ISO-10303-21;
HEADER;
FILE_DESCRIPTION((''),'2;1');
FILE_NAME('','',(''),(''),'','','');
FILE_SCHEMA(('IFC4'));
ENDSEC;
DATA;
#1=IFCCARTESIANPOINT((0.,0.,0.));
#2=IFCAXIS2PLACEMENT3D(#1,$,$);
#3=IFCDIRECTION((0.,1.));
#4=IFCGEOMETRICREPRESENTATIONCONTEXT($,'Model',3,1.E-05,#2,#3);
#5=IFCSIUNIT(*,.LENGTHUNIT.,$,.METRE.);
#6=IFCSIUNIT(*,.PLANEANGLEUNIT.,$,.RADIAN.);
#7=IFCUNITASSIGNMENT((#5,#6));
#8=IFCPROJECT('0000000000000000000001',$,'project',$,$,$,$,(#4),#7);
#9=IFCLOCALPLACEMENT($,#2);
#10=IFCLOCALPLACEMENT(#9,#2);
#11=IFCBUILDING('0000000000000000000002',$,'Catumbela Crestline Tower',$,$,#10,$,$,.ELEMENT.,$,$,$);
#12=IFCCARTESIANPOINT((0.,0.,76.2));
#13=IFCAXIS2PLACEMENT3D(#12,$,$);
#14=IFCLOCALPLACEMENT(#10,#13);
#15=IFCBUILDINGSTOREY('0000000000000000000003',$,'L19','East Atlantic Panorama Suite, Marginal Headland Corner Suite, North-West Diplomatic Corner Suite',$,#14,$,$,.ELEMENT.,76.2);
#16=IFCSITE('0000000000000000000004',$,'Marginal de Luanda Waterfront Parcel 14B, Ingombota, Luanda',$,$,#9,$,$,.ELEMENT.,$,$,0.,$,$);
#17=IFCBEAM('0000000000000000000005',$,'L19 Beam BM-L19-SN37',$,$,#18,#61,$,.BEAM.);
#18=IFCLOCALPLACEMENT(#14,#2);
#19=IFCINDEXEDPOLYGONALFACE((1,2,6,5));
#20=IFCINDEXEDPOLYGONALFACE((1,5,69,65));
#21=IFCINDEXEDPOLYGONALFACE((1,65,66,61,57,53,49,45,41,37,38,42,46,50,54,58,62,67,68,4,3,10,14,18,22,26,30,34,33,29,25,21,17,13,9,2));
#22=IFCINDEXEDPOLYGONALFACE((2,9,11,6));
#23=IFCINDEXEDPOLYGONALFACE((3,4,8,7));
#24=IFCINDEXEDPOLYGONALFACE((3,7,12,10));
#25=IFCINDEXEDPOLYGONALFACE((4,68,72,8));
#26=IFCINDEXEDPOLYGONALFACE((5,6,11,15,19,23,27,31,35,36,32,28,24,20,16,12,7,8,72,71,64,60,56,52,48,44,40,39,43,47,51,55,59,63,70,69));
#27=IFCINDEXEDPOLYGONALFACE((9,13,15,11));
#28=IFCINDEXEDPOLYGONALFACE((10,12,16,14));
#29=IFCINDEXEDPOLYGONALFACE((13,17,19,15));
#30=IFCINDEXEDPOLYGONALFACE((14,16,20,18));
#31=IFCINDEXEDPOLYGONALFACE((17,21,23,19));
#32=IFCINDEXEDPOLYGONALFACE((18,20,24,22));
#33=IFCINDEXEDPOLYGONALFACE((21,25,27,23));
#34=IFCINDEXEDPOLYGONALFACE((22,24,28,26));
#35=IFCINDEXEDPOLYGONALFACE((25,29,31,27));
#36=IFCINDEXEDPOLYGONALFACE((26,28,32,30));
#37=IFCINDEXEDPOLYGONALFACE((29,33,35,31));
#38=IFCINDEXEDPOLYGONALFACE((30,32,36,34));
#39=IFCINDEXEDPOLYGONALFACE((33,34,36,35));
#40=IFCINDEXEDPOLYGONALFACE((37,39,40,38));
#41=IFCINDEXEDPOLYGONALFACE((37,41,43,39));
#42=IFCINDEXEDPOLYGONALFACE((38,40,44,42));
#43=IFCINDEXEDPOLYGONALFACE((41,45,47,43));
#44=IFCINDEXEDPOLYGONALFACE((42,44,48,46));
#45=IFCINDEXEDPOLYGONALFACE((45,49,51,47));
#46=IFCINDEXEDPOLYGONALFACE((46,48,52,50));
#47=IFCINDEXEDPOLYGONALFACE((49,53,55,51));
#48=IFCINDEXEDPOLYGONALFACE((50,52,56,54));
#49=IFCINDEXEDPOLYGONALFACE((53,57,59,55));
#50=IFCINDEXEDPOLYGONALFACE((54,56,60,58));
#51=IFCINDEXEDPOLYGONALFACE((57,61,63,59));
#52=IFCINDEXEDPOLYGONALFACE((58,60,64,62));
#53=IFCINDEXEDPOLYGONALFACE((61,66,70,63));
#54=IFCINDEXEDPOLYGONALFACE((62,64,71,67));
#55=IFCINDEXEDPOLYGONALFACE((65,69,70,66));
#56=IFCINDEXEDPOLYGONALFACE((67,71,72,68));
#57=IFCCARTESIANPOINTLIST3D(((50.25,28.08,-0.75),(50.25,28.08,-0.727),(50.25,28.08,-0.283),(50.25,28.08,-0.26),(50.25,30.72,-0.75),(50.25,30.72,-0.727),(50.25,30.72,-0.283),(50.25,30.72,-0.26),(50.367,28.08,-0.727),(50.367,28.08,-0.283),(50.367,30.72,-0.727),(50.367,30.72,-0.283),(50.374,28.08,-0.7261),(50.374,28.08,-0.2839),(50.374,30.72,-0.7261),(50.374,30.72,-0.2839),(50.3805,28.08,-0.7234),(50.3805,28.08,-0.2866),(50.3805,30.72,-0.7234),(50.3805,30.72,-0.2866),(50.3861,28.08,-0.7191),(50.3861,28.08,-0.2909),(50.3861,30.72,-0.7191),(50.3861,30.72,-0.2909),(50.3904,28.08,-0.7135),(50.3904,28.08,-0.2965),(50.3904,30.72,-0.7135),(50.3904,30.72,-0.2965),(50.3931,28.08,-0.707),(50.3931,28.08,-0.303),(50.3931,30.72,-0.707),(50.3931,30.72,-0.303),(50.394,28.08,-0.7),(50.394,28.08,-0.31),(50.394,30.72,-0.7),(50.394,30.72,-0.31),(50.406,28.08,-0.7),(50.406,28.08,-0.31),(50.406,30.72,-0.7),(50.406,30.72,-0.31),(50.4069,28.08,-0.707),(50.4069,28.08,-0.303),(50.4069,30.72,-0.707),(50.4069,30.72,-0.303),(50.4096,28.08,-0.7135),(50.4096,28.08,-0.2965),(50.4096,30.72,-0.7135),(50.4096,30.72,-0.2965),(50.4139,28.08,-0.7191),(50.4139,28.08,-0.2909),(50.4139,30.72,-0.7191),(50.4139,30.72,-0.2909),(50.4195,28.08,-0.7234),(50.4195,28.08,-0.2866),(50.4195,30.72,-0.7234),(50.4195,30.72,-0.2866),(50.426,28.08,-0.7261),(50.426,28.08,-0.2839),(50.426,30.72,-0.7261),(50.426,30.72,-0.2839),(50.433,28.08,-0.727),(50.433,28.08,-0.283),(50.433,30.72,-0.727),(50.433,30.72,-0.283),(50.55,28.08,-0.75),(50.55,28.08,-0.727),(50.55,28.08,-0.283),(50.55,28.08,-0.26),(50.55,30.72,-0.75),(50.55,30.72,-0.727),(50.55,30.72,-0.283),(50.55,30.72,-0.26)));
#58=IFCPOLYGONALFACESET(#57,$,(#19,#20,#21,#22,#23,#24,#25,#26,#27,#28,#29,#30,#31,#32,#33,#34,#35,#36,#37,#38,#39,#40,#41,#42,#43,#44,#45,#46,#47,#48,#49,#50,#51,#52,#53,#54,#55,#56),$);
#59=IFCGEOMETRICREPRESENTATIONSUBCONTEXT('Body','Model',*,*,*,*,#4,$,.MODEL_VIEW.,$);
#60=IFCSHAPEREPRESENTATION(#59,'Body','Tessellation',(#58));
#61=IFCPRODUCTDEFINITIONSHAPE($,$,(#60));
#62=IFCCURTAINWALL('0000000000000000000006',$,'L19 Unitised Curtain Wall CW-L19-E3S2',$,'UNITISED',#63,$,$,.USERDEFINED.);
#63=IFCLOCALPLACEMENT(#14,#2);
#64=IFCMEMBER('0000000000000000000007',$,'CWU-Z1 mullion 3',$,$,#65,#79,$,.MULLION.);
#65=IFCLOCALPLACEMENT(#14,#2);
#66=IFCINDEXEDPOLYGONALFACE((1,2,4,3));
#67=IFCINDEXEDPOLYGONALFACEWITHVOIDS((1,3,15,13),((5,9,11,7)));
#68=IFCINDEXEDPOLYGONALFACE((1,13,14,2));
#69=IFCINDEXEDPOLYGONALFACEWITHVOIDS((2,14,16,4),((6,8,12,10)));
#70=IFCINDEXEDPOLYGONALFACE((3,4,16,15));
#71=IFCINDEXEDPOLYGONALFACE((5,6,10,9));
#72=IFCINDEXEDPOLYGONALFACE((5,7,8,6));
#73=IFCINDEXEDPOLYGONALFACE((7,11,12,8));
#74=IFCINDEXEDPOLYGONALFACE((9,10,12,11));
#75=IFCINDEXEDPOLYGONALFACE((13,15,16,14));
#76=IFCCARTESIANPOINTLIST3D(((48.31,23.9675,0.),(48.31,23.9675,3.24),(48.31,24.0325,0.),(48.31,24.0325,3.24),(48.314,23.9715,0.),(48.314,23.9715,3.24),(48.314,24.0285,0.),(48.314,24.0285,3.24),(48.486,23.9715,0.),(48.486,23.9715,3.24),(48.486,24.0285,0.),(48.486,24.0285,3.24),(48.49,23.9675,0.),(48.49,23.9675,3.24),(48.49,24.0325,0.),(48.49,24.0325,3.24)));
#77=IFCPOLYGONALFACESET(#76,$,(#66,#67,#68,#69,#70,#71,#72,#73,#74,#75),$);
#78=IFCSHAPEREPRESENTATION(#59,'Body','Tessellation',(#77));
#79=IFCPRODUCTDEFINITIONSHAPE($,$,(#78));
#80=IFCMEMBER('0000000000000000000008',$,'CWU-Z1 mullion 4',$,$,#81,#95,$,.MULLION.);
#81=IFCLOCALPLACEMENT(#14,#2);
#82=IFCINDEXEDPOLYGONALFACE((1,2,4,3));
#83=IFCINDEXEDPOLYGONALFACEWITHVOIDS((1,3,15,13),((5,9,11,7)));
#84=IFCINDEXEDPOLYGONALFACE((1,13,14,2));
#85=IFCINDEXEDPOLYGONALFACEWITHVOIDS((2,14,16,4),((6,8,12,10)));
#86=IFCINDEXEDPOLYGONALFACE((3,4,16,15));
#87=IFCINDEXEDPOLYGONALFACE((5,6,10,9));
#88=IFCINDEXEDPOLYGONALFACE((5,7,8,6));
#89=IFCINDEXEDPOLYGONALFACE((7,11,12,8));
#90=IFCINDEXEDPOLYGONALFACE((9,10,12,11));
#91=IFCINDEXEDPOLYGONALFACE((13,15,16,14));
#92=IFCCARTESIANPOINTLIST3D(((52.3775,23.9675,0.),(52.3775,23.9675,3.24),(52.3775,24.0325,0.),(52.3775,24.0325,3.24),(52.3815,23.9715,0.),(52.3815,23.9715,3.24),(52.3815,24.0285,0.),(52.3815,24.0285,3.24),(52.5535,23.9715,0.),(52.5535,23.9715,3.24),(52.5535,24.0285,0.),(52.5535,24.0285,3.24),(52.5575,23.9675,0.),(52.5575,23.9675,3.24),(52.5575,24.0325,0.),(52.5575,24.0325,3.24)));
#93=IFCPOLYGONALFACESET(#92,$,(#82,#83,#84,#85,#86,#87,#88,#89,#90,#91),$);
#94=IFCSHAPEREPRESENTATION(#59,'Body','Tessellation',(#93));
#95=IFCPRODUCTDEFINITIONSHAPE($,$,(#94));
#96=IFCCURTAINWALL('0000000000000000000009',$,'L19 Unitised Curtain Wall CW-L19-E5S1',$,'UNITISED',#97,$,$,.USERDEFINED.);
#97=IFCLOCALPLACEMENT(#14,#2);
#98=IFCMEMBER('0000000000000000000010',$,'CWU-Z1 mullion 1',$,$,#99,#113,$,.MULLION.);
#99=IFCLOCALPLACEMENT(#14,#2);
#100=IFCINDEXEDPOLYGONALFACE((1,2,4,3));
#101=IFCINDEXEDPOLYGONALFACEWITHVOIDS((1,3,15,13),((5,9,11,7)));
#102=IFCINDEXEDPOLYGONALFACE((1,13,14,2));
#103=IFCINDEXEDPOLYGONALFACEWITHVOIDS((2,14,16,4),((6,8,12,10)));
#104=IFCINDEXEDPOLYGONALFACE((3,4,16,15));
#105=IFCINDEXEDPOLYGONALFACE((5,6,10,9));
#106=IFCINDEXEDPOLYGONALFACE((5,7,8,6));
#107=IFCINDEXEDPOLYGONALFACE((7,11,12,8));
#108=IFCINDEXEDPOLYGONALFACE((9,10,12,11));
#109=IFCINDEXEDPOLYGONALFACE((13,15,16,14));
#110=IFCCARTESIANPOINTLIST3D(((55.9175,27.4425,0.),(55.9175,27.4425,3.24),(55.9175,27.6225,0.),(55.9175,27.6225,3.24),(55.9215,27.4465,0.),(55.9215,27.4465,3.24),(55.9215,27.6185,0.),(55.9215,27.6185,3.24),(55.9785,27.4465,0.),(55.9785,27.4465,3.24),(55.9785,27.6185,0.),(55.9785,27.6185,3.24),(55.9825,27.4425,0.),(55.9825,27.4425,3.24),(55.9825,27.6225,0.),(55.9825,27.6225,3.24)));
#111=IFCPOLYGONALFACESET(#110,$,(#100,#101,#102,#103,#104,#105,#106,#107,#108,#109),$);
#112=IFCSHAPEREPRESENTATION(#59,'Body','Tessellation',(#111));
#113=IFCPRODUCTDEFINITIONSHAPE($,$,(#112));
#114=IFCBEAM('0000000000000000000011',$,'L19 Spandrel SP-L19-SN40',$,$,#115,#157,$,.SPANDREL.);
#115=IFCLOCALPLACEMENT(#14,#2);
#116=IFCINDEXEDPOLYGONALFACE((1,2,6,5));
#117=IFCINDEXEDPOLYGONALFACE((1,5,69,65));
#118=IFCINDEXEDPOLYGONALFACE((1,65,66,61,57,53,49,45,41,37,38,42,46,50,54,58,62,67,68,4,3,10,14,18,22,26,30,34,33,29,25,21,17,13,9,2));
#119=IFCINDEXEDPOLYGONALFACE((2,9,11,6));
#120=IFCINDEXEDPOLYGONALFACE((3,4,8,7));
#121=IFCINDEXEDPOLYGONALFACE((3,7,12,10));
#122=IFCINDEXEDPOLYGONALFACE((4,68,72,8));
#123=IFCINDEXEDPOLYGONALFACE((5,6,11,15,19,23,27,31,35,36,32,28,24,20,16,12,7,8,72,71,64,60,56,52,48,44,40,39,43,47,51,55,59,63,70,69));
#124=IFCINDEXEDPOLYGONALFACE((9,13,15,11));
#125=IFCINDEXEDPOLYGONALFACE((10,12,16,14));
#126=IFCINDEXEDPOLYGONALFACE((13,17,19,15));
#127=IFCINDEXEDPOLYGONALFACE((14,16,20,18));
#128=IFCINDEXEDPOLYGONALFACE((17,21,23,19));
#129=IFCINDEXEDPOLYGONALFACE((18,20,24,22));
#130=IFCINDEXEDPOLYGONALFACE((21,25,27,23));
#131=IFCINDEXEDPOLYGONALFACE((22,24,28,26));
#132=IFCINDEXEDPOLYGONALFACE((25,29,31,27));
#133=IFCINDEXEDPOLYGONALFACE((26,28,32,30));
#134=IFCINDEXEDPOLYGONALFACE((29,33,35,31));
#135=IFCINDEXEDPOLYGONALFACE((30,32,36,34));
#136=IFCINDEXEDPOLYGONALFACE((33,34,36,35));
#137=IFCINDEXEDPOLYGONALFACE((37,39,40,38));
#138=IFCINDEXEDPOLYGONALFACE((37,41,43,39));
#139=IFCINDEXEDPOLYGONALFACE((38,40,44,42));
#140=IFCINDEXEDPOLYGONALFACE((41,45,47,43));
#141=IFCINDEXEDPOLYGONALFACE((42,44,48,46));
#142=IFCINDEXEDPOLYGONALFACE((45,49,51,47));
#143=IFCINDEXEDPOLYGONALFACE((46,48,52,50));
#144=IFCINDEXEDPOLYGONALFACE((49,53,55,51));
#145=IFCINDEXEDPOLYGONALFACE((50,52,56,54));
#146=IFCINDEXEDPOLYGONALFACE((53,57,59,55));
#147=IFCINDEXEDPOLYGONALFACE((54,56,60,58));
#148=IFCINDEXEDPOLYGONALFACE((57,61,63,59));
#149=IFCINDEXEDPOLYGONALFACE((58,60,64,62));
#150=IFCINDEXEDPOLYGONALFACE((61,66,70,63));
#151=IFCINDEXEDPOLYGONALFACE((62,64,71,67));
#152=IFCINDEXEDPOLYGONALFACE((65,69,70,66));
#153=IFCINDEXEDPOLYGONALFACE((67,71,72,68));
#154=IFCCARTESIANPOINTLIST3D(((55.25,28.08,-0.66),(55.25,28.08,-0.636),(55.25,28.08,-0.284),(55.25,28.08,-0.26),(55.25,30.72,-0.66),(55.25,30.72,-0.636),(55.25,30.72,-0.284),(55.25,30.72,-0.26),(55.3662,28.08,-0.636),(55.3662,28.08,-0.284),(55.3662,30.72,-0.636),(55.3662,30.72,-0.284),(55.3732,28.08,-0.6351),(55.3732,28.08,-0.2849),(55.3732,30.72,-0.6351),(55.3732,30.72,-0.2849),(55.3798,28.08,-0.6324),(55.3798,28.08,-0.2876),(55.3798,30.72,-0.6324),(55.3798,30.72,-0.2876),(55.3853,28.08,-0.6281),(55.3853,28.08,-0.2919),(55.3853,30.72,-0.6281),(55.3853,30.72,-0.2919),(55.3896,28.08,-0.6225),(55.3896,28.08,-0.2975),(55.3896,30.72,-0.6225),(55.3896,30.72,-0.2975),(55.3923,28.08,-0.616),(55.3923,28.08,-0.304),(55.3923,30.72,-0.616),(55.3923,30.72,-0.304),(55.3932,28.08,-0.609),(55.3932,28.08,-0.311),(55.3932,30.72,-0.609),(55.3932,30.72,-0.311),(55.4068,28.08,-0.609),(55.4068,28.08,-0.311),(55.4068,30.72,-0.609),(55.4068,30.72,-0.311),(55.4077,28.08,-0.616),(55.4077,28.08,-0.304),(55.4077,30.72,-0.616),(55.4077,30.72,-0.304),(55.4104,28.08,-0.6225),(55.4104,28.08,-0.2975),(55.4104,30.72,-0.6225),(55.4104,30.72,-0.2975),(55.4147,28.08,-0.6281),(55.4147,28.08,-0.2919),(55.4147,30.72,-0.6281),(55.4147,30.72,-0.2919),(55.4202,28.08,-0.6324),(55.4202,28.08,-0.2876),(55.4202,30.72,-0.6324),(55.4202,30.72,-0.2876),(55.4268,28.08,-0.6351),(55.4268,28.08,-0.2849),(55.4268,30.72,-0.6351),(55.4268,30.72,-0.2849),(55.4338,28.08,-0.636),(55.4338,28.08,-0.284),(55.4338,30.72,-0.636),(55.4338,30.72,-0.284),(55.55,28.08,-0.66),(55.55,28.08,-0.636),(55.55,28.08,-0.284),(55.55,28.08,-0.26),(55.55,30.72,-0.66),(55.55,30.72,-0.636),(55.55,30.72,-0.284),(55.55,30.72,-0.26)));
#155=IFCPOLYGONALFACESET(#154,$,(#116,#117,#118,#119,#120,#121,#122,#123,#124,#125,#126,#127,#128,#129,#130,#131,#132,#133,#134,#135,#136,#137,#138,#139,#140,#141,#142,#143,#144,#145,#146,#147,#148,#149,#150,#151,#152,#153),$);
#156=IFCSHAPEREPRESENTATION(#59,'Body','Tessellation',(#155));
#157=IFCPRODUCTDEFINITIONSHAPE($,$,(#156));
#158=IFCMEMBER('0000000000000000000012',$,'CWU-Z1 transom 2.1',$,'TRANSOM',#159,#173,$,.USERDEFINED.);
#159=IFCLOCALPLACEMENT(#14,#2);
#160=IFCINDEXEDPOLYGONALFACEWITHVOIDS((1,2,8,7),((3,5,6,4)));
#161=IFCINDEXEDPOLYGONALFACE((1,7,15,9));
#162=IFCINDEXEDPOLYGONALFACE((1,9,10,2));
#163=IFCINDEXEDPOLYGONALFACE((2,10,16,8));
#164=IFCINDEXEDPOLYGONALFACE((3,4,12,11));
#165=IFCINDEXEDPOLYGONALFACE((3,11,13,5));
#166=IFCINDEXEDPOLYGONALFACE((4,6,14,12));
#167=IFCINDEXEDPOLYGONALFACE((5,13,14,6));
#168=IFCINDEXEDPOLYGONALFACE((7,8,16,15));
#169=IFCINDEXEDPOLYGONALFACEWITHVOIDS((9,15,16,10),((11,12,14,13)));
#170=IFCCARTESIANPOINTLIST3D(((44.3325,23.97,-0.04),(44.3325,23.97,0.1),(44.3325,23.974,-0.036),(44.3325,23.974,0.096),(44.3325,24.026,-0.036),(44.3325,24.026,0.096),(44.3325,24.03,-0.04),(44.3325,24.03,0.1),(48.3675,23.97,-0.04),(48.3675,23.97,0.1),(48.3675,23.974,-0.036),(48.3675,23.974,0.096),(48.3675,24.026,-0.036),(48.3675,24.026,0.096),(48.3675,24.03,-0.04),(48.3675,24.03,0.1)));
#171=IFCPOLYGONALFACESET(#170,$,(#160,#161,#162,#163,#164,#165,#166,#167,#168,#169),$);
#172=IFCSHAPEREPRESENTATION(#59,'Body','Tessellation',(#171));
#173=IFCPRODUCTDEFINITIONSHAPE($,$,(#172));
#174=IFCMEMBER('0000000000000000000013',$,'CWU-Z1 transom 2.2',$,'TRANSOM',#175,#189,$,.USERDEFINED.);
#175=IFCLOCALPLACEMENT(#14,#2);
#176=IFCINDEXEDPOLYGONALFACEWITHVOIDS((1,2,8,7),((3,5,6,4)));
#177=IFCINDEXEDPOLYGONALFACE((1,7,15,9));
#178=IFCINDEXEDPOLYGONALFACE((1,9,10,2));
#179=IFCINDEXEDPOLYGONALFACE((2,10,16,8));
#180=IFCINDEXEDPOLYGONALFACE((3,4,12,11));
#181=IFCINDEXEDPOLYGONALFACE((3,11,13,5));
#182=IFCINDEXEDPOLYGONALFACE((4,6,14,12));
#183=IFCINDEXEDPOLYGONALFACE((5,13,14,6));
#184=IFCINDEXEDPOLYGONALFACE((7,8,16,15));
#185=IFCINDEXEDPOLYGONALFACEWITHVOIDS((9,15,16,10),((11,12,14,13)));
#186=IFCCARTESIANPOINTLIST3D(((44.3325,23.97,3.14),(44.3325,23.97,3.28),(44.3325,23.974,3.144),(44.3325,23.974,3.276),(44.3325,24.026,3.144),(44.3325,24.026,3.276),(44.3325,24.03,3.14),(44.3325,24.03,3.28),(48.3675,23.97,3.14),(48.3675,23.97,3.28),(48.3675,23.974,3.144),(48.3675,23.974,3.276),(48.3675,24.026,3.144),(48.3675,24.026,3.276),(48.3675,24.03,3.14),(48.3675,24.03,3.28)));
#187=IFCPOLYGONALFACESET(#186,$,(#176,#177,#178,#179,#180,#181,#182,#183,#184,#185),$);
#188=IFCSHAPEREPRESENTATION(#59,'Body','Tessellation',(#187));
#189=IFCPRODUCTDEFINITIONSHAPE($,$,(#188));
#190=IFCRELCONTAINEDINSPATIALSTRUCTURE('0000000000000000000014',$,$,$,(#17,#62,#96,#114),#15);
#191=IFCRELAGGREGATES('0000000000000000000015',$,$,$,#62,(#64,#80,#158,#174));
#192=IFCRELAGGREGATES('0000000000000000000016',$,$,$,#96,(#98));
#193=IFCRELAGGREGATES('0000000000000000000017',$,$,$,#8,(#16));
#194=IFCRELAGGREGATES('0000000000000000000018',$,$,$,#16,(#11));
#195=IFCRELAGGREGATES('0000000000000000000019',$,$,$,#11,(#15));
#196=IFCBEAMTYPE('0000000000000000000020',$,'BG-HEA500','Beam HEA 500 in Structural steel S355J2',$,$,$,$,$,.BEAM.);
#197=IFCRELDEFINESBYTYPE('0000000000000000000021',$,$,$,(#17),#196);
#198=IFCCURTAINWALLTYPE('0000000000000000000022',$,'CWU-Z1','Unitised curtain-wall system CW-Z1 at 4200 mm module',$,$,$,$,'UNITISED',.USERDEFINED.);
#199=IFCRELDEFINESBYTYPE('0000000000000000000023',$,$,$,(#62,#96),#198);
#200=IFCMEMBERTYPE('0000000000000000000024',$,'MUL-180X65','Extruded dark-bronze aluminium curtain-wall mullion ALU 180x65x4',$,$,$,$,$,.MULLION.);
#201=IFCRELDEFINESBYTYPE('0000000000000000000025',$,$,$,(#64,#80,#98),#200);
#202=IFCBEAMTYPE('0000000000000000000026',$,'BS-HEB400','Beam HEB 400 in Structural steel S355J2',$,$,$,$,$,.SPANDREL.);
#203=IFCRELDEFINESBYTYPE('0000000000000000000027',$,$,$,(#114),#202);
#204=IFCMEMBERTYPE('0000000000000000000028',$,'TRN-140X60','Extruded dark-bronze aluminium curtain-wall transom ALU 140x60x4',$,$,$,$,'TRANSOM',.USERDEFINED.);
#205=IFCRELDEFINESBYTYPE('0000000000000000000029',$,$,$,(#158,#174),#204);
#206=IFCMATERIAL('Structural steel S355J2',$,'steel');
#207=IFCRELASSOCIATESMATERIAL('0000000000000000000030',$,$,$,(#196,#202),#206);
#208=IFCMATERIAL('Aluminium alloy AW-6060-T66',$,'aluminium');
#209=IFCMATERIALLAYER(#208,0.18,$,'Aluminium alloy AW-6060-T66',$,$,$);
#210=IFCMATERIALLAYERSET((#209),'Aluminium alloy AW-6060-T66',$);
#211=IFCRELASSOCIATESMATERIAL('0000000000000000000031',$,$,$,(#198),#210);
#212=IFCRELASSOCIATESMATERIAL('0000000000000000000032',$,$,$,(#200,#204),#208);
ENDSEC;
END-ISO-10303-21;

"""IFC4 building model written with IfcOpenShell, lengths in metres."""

from ifc_helpers import new_model, si_unit, direction, frame, origin, origin_2d, place, context, subcontext, project, spatial, hollow_rectangle, i_section, extrude, material, layer, layer_set, material_profile, profile_set, type_object, element, aggregate, save


model = new_model("IFC4")

# Units and contexts
model_context = context("Model", 3, precision=1e-05, world=origin(), true_north=direction((0.0, 1.0)))
body_context = subcontext(model_context, "Body", "Model", "MODEL_VIEW")
ifc_project = project(units=[si_unit("LENGTHUNIT", "METRE"), si_unit("PLANEANGLEUNIT", "RADIAN")], contexts=[model_context])

# Site, building, storey
site_placement = place(None, origin())
site = spatial("IfcSite", under=ifc_project, at=site_placement, Name="Marginal de Luanda Waterfront Parcel 14B, Ingombota, Luanda", CompositionType="ELEMENT", RefElevation=0.0)
building_placement = place(site_placement, origin())
building = spatial("IfcBuilding", under=site, at=building_placement, Name="Catumbela Crestline Tower", CompositionType="ELEMENT")
storey_placement = place(building_placement, frame((0.0, 0.0, 76.2)))
storey = spatial("IfcBuildingStorey", under=building, at=storey_placement, Name="L19", Description="East Atlantic Panorama Suite, Marginal Headland Corner Suite, North-West Diplomatic Corner Suite", CompositionType="ELEMENT", Elevation=76.2)

# Beam
ifc_material_1 = material(Name="Structural steel S355J2", Category="steel")
ifc_material_profile_1 = material_profile(ifc_material_1, i_section(OverallWidth=0.3, OverallDepth=0.49, WebThickness=0.012, FlangeThickness=0.023, FilletRadius=0.027, at=origin_2d()), Name="HEA 500")
ifc_profile_set_1 = profile_set([ifc_material_profile_1], Name="Structural steel S355J2")
beam_type_1 = type_object("IfcBeamType", Name="BG-HEA500", Description="Beam HEA 500 in Structural steel S355J2", PredefinedType="BEAM", material=ifc_profile_set_1)
beam_1_placement = place(storey_placement, frame((50.4, 28.08, -0.505), z_axis=(0.0, 1.0, 0.0), x_axis=(-1.0, 0.0, 0.0)))
element("IfcBeam", 1, at=beam_1_placement, inside=storey, type_object=beam_type_1, Name="L19 Beam BM-L19-SN37", PredefinedType="BEAM", context=body_context, shape_type="SweptSolid", body=[
    extrude(i_section(OverallWidth=0.3, OverallDepth=0.49, WebThickness=0.012, FlangeThickness=0.023, FilletRadius=0.027, at=origin_2d()), origin(), (0.0, 0.0, 1.0), 2.64),
])

# Curtain wall, members
ifc_material_2 = material(Name="Aluminium alloy AW-6060-T66", Category="aluminium")
ifc_layer_1 = layer(ifc_material_2, 0.18, Name="Aluminium alloy AW-6060-T66")
ifc_layer_set_1 = layer_set([ifc_layer_1], Name="Aluminium alloy AW-6060-T66")
curtain_wall_type = type_object("IfcCurtainWallType", Name="CWU-Z1", Description="Unitised curtain-wall system CW-Z1 at 4200 mm module", ElementType="UNITISED", PredefinedType="USERDEFINED", material=ifc_layer_set_1)
curtain_wall_1_placement = place(storey_placement, origin())
curtain_wall_1 = element("IfcCurtainWall", 2, at=curtain_wall_1_placement, inside=storey, type_object=curtain_wall_type, Name="L19 Unitised Curtain Wall CW-L19-E3S2", ObjectType="UNITISED", PredefinedType="USERDEFINED")
ifc_material_profile_2 = material_profile(ifc_material_2, hollow_rectangle(XDim=0.065, YDim=0.18, WallThickness=0.004, at=origin_2d()), Name="ALU 180x65x4")
ifc_profile_set_2 = profile_set([ifc_material_profile_2], Name="Aluminium alloy AW-6060-T66")
member_type_1 = type_object("IfcMemberType", Name="MUL-180X65", Description="Extruded dark-bronze aluminium curtain-wall mullion ALU 180x65x4", PredefinedType="MULLION", material=ifc_profile_set_2)
member_1_placement = place(storey_placement, frame((48.4, 24.0, 0.0), z_axis=(0.0, 0.0, 1.0), x_axis=(0.0, 1.0, 0.0)))
member_1 = element("IfcMember", 3, at=member_1_placement, type_object=member_type_1, Name="CWU-Z1 mullion 3", PredefinedType="MULLION", context=body_context, shape_type="SweptSolid", body=[
    extrude(hollow_rectangle(XDim=0.065, YDim=0.18, WallThickness=0.004, at=origin_2d()), origin(), (0.0, 0.0, 1.0), 3.24),
])
member_2_placement = place(storey_placement, frame((52.4675, 24.0, 0.0), z_axis=(0.0, 0.0, 1.0), x_axis=(0.0, 1.0, 0.0)))
member_2 = element("IfcMember", 4, at=member_2_placement, type_object=member_type_1, Name="CWU-Z1 mullion 4", PredefinedType="MULLION", context=body_context, shape_type="SweptSolid", body=[
    extrude(hollow_rectangle(XDim=0.065, YDim=0.18, WallThickness=0.004, at=origin_2d()), origin(), (0.0, 0.0, 1.0), 3.24),
])

# Curtain wall, member
curtain_wall_2_placement = place(storey_placement, origin())
curtain_wall_2 = element("IfcCurtainWall", 5, at=curtain_wall_2_placement, inside=storey, type_object=curtain_wall_type, Name="L19 Unitised Curtain Wall CW-L19-E5S1", ObjectType="UNITISED", PredefinedType="USERDEFINED")
member_3_placement = place(storey_placement, frame((55.95, 27.5325, 0.0), z_axis=(0.0, 0.0, 1.0), x_axis=(-1.0, 0.0, 0.0)))
member_3 = element("IfcMember", 6, at=member_3_placement, type_object=member_type_1, Name="CWU-Z1 mullion 1", PredefinedType="MULLION", context=body_context, shape_type="SweptSolid", body=[
    extrude(hollow_rectangle(XDim=0.065, YDim=0.18, WallThickness=0.004, at=origin_2d()), origin(), (0.0, 0.0, 1.0), 3.24),
])

# Beam
ifc_material_profile_3 = material_profile(ifc_material_1, i_section(OverallWidth=0.3, OverallDepth=0.4, WebThickness=0.0135, FlangeThickness=0.024, FilletRadius=0.027, at=origin_2d()), Name="HEB 400")
ifc_profile_set_3 = profile_set([ifc_material_profile_3], Name="Structural steel S355J2")
beam_type_2 = type_object("IfcBeamType", Name="BS-HEB400", Description="Beam HEB 400 in Structural steel S355J2", PredefinedType="SPANDREL", material=ifc_profile_set_3)
beam_2_placement = place(storey_placement, frame((55.4, 28.08, -0.46), z_axis=(0.0, 1.0, 0.0), x_axis=(-1.0, 0.0, 0.0)))
element("IfcBeam", 7, at=beam_2_placement, inside=storey, type_object=beam_type_2, Name="L19 Spandrel SP-L19-SN40", PredefinedType="SPANDREL", context=body_context, shape_type="SweptSolid", body=[
    extrude(i_section(OverallWidth=0.3, OverallDepth=0.4, WebThickness=0.0135, FlangeThickness=0.024, FilletRadius=0.027, at=origin_2d()), origin(), (0.0, 0.0, 1.0), 2.64),
])

# Members
ifc_material_profile_4 = material_profile(ifc_material_2, hollow_rectangle(XDim=0.06, YDim=0.14, WallThickness=0.004, at=origin_2d()), Name="ALU 140x60x4")
ifc_profile_set_4 = profile_set([ifc_material_profile_4], Name="Aluminium alloy AW-6060-T66")
member_type_2 = type_object("IfcMemberType", Name="TRN-140X60", Description="Extruded dark-bronze aluminium curtain-wall transom ALU 140x60x4", ElementType="TRANSOM", PredefinedType="USERDEFINED", material=ifc_profile_set_4)
member_4_placement = place(storey_placement, frame((44.3325, 24.0, 0.03), z_axis=(1.0, 0.0, 0.0), x_axis=(0.0, 1.0, 0.0)))
member_4 = element("IfcMember", 8, at=member_4_placement, type_object=member_type_2, Name="CWU-Z1 transom 2.1", ObjectType="TRANSOM", PredefinedType="USERDEFINED", context=body_context, shape_type="SweptSolid", body=[
    extrude(hollow_rectangle(XDim=0.06, YDim=0.14, WallThickness=0.004, at=origin_2d()), origin(), (0.0, 0.0, 1.0), 4.035),
])
member_5_placement = place(storey_placement, frame((44.3325, 24.0, 3.21), z_axis=(1.0, 0.0, 0.0), x_axis=(0.0, 1.0, 0.0)))
member_5 = element("IfcMember", 9, at=member_5_placement, type_object=member_type_2, Name="CWU-Z1 transom 2.2", ObjectType="TRANSOM", PredefinedType="USERDEFINED", context=body_context, shape_type="SweptSolid", body=[
    extrude(hollow_rectangle(XDim=0.06, YDim=0.14, WallThickness=0.004, at=origin_2d()), origin(), (0.0, 0.0, 1.0), 4.035),
])

aggregate(curtain_wall_1, [member_1, member_2, member_4, member_5])
aggregate(curtain_wall_2, [member_3])

save(model, "model.ifc")
